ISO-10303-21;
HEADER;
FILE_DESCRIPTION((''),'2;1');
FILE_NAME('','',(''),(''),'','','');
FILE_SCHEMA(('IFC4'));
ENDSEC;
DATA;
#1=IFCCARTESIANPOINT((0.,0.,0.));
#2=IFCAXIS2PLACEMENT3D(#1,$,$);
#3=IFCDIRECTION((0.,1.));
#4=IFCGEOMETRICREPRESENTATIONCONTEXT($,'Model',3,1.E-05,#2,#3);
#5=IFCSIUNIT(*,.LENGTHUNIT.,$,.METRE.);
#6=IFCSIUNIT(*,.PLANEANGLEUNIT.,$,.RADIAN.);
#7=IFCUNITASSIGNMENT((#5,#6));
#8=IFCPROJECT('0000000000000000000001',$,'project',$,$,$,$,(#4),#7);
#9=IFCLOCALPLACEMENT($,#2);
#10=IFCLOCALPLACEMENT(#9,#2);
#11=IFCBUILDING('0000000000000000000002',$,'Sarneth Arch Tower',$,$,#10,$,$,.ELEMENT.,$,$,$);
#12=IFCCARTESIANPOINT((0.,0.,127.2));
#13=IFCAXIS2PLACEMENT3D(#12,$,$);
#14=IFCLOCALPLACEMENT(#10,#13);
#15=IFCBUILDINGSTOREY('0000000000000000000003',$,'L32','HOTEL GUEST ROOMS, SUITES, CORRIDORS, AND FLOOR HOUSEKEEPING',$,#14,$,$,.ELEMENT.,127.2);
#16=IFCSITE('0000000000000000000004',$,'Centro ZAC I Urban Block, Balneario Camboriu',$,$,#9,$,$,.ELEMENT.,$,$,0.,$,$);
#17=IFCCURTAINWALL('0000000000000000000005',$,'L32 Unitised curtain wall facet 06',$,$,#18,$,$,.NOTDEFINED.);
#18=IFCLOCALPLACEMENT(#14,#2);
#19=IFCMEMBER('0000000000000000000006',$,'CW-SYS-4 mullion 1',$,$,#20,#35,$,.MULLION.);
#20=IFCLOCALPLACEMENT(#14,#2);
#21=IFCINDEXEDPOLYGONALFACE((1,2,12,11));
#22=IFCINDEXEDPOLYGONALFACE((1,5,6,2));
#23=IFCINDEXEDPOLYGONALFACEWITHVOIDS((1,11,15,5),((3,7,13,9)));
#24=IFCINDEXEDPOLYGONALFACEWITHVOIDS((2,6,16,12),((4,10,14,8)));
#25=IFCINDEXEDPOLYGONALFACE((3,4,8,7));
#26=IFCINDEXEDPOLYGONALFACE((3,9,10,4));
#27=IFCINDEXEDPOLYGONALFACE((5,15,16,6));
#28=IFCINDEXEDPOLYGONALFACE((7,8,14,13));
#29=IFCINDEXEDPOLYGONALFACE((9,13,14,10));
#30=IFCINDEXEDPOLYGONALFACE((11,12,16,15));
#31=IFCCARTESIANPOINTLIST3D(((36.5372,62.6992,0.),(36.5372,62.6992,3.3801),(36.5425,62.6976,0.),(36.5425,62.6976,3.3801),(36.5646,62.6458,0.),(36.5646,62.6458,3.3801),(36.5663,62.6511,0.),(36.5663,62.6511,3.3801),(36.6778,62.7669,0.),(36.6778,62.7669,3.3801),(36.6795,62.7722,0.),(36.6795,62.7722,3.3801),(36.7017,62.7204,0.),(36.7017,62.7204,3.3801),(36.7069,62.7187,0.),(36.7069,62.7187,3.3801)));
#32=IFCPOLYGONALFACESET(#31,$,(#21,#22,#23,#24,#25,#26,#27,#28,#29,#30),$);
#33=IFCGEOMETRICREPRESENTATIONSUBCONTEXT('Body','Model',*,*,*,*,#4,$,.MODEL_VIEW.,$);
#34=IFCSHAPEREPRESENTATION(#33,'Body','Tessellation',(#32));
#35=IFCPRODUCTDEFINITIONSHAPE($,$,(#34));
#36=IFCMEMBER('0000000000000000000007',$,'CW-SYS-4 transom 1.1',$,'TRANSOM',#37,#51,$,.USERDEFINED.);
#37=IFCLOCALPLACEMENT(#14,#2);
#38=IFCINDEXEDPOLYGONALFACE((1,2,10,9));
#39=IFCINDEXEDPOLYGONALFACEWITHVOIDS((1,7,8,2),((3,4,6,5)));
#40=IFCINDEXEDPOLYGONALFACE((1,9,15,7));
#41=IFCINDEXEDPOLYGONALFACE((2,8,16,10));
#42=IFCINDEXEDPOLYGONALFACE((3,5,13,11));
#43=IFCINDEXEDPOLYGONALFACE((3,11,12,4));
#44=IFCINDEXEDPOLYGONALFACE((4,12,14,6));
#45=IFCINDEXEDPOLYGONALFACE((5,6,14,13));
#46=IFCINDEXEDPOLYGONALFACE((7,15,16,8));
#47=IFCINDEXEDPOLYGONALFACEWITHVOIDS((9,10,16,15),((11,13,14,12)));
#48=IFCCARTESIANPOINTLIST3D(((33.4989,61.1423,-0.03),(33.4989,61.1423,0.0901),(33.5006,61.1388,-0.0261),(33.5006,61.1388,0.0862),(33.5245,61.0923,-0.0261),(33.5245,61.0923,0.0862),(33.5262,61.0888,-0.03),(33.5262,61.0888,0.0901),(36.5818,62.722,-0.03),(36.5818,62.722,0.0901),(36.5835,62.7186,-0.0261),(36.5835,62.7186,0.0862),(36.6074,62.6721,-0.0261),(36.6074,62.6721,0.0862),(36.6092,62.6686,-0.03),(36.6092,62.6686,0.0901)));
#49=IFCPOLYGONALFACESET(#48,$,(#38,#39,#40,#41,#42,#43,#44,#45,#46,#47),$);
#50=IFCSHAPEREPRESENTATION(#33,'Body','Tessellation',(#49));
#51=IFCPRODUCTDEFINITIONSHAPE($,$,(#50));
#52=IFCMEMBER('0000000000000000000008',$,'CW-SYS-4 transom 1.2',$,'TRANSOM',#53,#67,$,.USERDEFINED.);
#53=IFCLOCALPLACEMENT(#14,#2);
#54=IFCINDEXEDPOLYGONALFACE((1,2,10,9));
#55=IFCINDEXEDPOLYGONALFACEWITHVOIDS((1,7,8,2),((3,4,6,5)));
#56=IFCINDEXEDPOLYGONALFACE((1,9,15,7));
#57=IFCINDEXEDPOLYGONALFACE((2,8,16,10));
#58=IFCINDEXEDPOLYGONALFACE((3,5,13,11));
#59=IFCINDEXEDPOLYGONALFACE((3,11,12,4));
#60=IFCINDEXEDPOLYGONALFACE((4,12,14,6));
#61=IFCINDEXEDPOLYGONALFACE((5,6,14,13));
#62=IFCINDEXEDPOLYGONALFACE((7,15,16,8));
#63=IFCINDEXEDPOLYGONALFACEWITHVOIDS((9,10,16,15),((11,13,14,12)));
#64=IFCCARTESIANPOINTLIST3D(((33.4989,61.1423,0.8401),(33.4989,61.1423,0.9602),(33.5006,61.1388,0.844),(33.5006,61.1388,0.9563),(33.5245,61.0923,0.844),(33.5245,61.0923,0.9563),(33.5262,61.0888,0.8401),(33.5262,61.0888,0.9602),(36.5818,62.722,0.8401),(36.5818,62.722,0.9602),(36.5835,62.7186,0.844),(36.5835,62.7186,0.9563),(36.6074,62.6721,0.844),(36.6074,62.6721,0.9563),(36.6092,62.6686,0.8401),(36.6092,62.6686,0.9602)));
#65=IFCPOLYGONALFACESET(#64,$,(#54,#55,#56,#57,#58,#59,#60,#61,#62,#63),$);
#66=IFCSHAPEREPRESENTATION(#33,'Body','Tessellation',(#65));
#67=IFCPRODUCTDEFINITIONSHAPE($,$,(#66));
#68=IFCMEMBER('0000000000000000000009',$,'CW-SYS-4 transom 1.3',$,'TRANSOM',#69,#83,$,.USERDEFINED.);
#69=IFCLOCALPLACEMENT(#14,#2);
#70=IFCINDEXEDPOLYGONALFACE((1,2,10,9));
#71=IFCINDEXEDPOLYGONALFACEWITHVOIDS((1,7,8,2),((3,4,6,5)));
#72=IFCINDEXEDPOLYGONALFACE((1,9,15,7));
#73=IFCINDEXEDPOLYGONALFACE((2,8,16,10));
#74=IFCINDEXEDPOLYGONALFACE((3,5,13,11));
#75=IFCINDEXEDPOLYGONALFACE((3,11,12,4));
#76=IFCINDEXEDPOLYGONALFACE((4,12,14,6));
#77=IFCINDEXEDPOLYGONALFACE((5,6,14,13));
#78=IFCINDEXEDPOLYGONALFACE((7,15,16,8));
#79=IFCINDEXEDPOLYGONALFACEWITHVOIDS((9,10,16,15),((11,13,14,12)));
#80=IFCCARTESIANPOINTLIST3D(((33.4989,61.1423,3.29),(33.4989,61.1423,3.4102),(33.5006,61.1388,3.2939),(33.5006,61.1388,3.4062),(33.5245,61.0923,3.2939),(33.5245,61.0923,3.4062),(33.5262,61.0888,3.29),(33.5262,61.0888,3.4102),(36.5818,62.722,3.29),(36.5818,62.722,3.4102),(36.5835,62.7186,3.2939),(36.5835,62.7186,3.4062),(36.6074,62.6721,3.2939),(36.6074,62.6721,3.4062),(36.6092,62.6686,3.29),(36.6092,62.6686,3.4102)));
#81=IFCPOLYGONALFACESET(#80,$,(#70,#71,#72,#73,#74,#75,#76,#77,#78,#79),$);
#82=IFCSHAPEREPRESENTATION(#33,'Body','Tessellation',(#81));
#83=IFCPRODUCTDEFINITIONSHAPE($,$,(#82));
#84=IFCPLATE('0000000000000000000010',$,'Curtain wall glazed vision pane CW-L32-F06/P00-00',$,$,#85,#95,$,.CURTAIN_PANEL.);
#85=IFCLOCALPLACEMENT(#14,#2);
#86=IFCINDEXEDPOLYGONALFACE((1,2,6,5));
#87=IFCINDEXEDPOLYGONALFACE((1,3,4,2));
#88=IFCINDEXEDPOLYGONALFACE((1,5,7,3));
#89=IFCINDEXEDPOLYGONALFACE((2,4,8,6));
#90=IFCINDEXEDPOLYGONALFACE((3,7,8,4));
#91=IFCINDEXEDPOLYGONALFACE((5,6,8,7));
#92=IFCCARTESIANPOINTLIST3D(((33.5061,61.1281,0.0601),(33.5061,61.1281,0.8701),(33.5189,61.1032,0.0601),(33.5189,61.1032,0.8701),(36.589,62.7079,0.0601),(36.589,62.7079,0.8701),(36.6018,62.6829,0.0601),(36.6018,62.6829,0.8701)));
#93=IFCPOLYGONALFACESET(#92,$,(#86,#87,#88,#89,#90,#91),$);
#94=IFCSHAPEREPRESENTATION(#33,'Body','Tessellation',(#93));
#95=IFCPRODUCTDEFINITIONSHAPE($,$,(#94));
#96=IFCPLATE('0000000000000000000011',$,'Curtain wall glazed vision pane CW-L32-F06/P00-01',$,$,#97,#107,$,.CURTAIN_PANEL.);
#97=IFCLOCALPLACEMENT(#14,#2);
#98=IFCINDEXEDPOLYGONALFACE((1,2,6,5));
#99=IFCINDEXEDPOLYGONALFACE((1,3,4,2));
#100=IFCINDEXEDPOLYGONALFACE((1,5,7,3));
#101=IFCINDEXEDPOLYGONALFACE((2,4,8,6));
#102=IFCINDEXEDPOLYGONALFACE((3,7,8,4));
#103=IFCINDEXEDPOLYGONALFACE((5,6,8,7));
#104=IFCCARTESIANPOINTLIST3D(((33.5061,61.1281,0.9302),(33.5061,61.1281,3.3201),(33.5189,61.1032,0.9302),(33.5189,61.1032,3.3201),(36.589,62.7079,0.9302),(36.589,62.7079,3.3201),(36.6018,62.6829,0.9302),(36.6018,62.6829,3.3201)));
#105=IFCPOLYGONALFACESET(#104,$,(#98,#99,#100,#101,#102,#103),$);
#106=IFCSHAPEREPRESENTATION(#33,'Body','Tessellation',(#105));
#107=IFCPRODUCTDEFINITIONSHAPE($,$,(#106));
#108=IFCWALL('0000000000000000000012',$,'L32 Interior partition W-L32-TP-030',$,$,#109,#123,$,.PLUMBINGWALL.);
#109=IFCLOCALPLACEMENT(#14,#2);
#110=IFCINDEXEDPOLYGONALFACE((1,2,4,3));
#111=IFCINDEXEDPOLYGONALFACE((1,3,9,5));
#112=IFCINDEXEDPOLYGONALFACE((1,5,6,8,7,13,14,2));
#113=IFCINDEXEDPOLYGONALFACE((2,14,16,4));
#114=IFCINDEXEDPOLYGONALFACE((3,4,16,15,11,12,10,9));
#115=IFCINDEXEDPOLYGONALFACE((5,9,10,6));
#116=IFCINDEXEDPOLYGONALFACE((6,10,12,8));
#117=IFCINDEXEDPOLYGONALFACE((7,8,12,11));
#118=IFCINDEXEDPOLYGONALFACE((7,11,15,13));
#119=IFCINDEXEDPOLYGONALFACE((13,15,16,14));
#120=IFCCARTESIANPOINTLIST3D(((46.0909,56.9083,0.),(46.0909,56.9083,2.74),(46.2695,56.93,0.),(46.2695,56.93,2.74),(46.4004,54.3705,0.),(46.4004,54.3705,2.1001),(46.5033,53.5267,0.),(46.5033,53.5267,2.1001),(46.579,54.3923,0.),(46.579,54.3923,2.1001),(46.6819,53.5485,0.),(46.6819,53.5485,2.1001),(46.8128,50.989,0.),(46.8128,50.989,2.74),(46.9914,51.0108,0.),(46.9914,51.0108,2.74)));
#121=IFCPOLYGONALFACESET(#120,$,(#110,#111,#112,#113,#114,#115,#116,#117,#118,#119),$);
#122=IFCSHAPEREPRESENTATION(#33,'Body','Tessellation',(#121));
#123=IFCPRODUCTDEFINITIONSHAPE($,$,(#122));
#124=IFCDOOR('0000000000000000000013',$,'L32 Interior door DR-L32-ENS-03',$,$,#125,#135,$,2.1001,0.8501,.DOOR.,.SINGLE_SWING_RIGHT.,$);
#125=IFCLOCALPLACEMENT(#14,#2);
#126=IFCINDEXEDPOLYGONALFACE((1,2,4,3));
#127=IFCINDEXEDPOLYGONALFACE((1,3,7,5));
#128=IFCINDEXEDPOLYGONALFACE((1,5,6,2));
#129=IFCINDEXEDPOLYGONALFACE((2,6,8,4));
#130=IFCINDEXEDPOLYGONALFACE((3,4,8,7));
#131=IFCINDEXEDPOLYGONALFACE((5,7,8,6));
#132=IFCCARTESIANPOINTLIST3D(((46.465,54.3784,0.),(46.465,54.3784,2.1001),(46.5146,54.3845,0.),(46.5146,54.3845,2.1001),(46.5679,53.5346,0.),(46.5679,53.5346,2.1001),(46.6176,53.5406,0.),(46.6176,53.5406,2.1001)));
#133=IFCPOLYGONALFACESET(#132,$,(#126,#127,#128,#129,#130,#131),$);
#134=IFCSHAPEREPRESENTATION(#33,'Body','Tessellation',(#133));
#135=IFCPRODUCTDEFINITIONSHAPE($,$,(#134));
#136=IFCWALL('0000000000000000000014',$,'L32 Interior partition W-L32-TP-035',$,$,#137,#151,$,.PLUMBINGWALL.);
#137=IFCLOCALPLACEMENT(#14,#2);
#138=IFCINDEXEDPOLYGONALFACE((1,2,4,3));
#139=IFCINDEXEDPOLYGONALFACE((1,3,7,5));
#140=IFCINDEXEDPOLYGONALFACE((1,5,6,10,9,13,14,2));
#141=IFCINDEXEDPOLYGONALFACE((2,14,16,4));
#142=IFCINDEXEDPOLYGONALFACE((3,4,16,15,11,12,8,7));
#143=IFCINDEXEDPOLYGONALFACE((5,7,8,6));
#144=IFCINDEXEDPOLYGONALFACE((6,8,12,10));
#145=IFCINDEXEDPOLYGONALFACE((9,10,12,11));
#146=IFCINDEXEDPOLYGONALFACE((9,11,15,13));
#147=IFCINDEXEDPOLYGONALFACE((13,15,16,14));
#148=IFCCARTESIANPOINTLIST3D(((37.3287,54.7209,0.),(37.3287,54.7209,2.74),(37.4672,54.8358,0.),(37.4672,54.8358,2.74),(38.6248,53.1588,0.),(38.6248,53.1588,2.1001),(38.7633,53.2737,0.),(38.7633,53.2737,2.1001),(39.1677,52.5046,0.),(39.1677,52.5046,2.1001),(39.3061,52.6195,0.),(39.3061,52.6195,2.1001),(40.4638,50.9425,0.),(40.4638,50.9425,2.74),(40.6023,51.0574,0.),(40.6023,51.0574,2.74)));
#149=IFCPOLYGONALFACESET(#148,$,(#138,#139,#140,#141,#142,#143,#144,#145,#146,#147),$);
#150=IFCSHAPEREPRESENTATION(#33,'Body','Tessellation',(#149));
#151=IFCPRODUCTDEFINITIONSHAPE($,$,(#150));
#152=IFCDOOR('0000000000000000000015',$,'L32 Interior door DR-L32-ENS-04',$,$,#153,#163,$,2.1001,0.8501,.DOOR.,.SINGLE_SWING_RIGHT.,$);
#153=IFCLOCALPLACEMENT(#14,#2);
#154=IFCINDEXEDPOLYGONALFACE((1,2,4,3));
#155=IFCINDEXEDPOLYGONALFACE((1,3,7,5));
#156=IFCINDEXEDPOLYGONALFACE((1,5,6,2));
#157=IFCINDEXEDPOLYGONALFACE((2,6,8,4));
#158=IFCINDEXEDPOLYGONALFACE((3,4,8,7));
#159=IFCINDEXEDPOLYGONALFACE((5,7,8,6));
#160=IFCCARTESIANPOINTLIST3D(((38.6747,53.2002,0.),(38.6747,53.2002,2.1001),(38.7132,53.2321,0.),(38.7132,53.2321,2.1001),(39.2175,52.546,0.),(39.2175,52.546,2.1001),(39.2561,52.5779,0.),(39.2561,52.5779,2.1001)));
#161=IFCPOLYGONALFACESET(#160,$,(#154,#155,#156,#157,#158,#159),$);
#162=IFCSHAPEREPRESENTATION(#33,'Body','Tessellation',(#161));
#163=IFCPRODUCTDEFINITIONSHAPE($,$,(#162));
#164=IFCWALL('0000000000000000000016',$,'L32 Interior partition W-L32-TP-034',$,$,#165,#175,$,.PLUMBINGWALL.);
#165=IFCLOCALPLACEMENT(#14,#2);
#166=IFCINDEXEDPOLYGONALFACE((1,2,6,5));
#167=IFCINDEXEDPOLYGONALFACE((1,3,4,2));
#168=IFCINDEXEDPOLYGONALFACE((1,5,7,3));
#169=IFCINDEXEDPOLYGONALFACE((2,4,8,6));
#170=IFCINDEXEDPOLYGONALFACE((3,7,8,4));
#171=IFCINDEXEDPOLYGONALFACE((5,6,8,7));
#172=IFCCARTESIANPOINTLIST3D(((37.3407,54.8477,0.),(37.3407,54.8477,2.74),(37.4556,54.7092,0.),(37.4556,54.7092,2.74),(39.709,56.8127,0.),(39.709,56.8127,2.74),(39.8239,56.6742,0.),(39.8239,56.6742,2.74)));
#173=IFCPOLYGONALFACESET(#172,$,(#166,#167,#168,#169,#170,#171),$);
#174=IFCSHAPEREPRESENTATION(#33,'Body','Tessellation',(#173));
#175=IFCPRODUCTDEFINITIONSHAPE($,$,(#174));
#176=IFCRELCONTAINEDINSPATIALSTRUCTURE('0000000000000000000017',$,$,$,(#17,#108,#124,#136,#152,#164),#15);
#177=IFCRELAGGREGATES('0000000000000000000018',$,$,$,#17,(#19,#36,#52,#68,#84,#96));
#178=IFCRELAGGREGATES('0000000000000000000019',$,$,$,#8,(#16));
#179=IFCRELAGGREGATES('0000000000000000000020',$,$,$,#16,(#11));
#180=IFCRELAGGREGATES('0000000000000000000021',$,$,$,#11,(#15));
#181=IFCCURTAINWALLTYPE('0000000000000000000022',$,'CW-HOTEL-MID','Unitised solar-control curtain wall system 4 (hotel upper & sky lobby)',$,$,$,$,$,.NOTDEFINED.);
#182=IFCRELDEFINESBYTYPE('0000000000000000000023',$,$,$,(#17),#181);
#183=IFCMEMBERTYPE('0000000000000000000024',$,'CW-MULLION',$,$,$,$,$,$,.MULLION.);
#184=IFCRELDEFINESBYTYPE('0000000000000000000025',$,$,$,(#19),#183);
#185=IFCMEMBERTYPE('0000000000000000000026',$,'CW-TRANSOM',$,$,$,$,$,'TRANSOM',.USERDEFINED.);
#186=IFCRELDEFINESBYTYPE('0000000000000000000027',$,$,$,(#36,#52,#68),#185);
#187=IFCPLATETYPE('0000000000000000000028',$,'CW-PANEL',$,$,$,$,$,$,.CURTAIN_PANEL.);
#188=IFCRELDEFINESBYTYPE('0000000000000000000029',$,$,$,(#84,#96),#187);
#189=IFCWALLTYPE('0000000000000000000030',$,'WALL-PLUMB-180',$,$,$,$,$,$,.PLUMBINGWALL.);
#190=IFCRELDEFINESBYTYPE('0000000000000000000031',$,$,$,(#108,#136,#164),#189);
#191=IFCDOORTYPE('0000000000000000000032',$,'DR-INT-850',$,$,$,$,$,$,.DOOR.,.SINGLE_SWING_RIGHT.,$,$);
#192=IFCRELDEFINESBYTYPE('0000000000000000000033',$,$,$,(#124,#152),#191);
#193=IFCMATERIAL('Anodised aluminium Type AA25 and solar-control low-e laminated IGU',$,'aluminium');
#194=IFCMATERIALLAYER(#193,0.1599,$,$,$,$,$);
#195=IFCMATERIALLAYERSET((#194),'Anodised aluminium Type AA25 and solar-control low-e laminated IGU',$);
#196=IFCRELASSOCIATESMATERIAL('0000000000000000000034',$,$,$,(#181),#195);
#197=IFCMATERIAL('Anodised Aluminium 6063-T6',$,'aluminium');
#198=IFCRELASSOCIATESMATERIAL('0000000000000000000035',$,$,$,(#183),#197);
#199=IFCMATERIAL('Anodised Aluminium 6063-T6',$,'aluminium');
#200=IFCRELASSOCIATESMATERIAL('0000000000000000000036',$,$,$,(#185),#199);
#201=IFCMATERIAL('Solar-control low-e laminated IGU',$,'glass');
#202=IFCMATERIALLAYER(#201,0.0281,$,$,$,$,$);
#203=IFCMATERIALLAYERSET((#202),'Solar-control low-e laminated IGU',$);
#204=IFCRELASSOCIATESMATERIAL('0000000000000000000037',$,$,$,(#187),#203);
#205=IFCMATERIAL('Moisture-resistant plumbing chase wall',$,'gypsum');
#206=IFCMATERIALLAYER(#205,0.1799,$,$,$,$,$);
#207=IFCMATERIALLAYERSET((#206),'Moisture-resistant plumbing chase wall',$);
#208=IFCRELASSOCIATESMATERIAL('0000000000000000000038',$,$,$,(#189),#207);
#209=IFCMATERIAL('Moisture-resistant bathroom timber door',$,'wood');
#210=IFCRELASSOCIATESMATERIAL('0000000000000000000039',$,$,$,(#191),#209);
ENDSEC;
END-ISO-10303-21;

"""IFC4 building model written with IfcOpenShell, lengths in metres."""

from ifc_helpers import new_model, si_unit, direction, frame, frame_2d, origin, origin_2d, place, context, subcontext, project, spatial, rectangle, hollow_rectangle, extrude, material, layer, layer_set, material_profile, profile_set, type_object, element, fill, aggregate, save


model = new_model("IFC4")

# Units and contexts
model_context = context("Model", 3, precision=1e-05, world=origin(), true_north=direction((0.0, 1.0)))
body_context = subcontext(model_context, "Body", "Model", "MODEL_VIEW")
ifc_project = project(units=[si_unit("LENGTHUNIT", "METRE"), si_unit("PLANEANGLEUNIT", "RADIAN")], contexts=[model_context])

# Site, building, storey
site_placement = place(None, origin())
site = spatial("IfcSite", under=ifc_project, at=site_placement, Name="Centro ZAC I Urban Block, Balneario Camboriu", CompositionType="ELEMENT", RefElevation=0.0)
building_placement = place(site_placement, origin())
building = spatial("IfcBuilding", under=site, at=building_placement, Name="Sarneth Arch Tower", CompositionType="ELEMENT")
storey_placement = place(building_placement, frame((0.0, 0.0, 127.2)))
storey = spatial("IfcBuildingStorey", under=building, at=storey_placement, Name="L32", Description="HOTEL GUEST ROOMS, SUITES, CORRIDORS, AND FLOOR HOUSEKEEPING", CompositionType="ELEMENT", Elevation=127.2)

# Curtain wall, members, plates
ifc_material_1 = material(Name="Anodised aluminium Type AA25 and solar-control low-e laminated IGU", Category="aluminium")
ifc_layer_1 = layer(ifc_material_1, 0.1599)
ifc_layer_set_1 = layer_set([ifc_layer_1], Name="Anodised aluminium Type AA25 and solar-control low-e laminated IGU")
curtain_wall_type = type_object("IfcCurtainWallType", Name="CW-HOTEL-MID", Description="Unitised solar-control curtain wall system 4 (hotel upper & sky lobby)", PredefinedType="NOTDEFINED", material=ifc_layer_set_1)
curtain_wall_placement = place(storey_placement, origin())
curtain_wall = element("IfcCurtainWall", 1, at=curtain_wall_placement, inside=storey, type_object=curtain_wall_type, Name="L32 Unitised curtain wall facet 06", PredefinedType="NOTDEFINED")
ifc_material_2 = material(Name="Anodised Aluminium 6063-T6", Category="aluminium")
ifc_material_profile_1 = material_profile(ifc_material_2, hollow_rectangle(XDim=0.0601, YDim=0.1599, WallThickness=0.0039, at=origin_2d()), Name="AL-MULL-160x60x4")
ifc_profile_set_1 = profile_set([ifc_material_profile_1], Name="Anodised Aluminium 6063-T6")
member_type_1 = type_object("IfcMemberType", Name="CW-MULLION", PredefinedType="MULLION", material=ifc_profile_set_1)
member_1_placement = place(storey_placement, frame((36.6221, 62.709, 0.0), z_axis=(0.0, 0.0, 1.0), x_axis=(0.456031, -0.889964, 0.0)))
member_1 = element("IfcMember", 2, at=member_1_placement, type_object=member_type_1, Name="CW-SYS-4 mullion 1", PredefinedType="MULLION", context=body_context, shape_type="SweptSolid", body=[
    extrude(hollow_rectangle(XDim=0.0601, YDim=0.1599, WallThickness=0.0039, at=origin_2d()), origin(), (0.0, 0.0, 1.0), 3.3801),
])
ifc_material_3 = material(Name="Anodised Aluminium 6063-T6", Category="aluminium")
ifc_material_profile_2 = material_profile(ifc_material_3, hollow_rectangle(XDim=0.0601, YDim=0.1201, WallThickness=0.0039, at=origin_2d()), Name="AL-TRAN-120x60x4")
ifc_profile_set_2 = profile_set([ifc_material_profile_2], Name="Anodised Aluminium 6063-T6")
member_type_2 = type_object("IfcMemberType", Name="CW-TRANSOM", ElementType="TRANSOM", PredefinedType="USERDEFINED", material=ifc_profile_set_2)
member_2_placement = place(storey_placement, frame((36.5955, 62.6953, 0.03), z_axis=(-0.889958, -0.456043, 0.0), x_axis=(0.456043, -0.889958, 0.0)))
member_2 = element("IfcMember", 3, at=member_2_placement, type_object=member_type_2, Name="CW-SYS-4 transom 1.1", ObjectType="TRANSOM", PredefinedType="USERDEFINED", context=body_context, shape_type="SweptSolid", body=[
    extrude(hollow_rectangle(XDim=0.0601, YDim=0.1201, WallThickness=0.0039, at=origin_2d()), origin(), (0.0, 0.0, 1.0), 3.4641),
])
member_3_placement = place(storey_placement, frame((36.5955, 62.6953, 0.9001), z_axis=(-0.889958, -0.456043, 0.0), x_axis=(0.456043, -0.889958, 0.0)))
member_3 = element("IfcMember", 4, at=member_3_placement, type_object=member_type_2, Name="CW-SYS-4 transom 1.2", ObjectType="TRANSOM", PredefinedType="USERDEFINED", context=body_context, shape_type="SweptSolid", body=[
    extrude(hollow_rectangle(XDim=0.0601, YDim=0.1201, WallThickness=0.0039, at=origin_2d()), origin(), (0.0, 0.0, 1.0), 3.4641),
])
member_4_placement = place(storey_placement, frame((36.5955, 62.6953, 3.3501), z_axis=(-0.889958, -0.456043, 0.0), x_axis=(0.456043, -0.889958, 0.0)))
member_4 = element("IfcMember", 5, at=member_4_placement, type_object=member_type_2, Name="CW-SYS-4 transom 1.3", ObjectType="TRANSOM", PredefinedType="USERDEFINED", context=body_context, shape_type="SweptSolid", body=[
    extrude(hollow_rectangle(XDim=0.0601, YDim=0.1201, WallThickness=0.0039, at=origin_2d()), origin(), (0.0, 0.0, 1.0), 3.4641),
])
ifc_material_4 = material(Name="Solar-control low-e laminated IGU", Category="glass")
ifc_layer_2 = layer(ifc_material_4, 0.0281)
ifc_layer_set_2 = layer_set([ifc_layer_2], Name="Solar-control low-e laminated IGU")
plate_type = type_object("IfcPlateType", Name="CW-PANEL", PredefinedType="CURTAIN_PANEL", material=ifc_layer_set_2)
plate_1_placement = place(storey_placement, frame((35.054, 61.9055, 0.0601), z_axis=(0.0, 0.0, 1.0), x_axis=(-0.889964, -0.456031, 0.0)))
plate_1 = element("IfcPlate", 6, at=plate_1_placement, type_object=plate_type, Name="Curtain wall glazed vision pane CW-L32-F06/P00-00", PredefinedType="CURTAIN_PANEL", context=body_context, shape_type="SweptSolid", body=[
    extrude(rectangle(XDim=3.4641, YDim=0.0281, at=origin_2d()), origin(), (0.0, 0.0, 1.0), 0.8101),
])
plate_2_placement = place(storey_placement, frame((35.054, 61.9055, 0.9302), z_axis=(0.0, 0.0, 1.0), x_axis=(-0.889964, -0.456031, 0.0)))
plate_2 = element("IfcPlate", 7, at=plate_2_placement, type_object=plate_type, Name="Curtain wall glazed vision pane CW-L32-F06/P00-01", PredefinedType="CURTAIN_PANEL", context=body_context, shape_type="SweptSolid", body=[
    extrude(rectangle(XDim=3.4641, YDim=0.0281, at=origin_2d()), origin(), (0.0, 0.0, 1.0), 2.3899),
])
aggregate(curtain_wall, [member_1, member_2, member_3, member_4, plate_1, plate_2])

# Walls, openings, doors
ifc_material_5 = material(Name="Moisture-resistant plumbing chase wall", Category="gypsum")
ifc_layer_3 = layer(ifc_material_5, 0.1799)
ifc_layer_set_3 = layer_set([ifc_layer_3], Name="Moisture-resistant plumbing chase wall")
wall_type_1 = type_object("IfcWallType", Name="WALL-PLUMB-180", PredefinedType="PLUMBINGWALL", material=ifc_layer_set_3)
wall_1_placement = place(storey_placement, frame((46.9021, 51.0, 0.0), z_axis=(0.0, 0.0, 1.0), x_axis=(-0.121066, 0.992644, 0.0)))
wall_1 = element("IfcWall", 8, at=wall_1_placement, inside=storey, type_object=wall_type_1, Name="L32 Interior partition W-L32-TP-030", PredefinedType="PLUMBINGWALL", context=body_context, shape_type="SweptSolid", body=[
    extrude(rectangle(XDim=5.9631, YDim=0.1799, at=frame_2d((2.9814, 0.0))), origin(), (0.0, 0.0, 1.0), 2.74),
])
opening_1_placement = place(wall_1_placement, frame((2.5564, 0.0, 0.0)))
opening_1 = element("IfcOpeningElement", 9, at=opening_1_placement, cuts=wall_1, PredefinedType="OPENING", context=body_context, shape_type="SweptSolid", body=[
    extrude(rectangle(XDim=0.8501, YDim=2.1001, at=frame_2d((0.425, 1.05))), frame((0.0, 0.0999, 0.0), z_axis=(0.0, -1.0, 0.0), x_axis=(1.0, 0.0, 0.0)), (0.0, 0.0, 1.0), 0.2),
])
ifc_material_6 = material(Name="Moisture-resistant bathroom timber door", Category="wood")
door_type_1 = type_object("IfcDoorType", Name="DR-INT-850", OperationType="SINGLE_SWING_RIGHT", PredefinedType="DOOR", material=ifc_material_6)
door_1_placement = place(opening_1_placement, origin())
door_1 = element("IfcDoor", 10, at=door_1_placement, inside=storey, type_object=door_type_1, Name="L32 Interior door DR-L32-ENS-03", OperationType="SINGLE_SWING_RIGHT", OverallHeight=2.1001, OverallWidth=0.8501, PredefinedType="DOOR", context=body_context, shape_type="SweptSolid", body=[
    extrude(rectangle(XDim=0.8501, YDim=2.1001, at=frame_2d((0.425, 1.05))), frame((0.0, 0.0249, 0.0), z_axis=(0.0, -1.0, 0.0), x_axis=(1.0, 0.0, 0.0)), (0.0, 0.0, 1.0), 0.05),
])
fill(opening_1, door_1)
wall_2_placement = place(storey_placement, frame((37.3979, 54.7783, 0.0), z_axis=(0.0, 0.0, 1.0), x_axis=(0.638549, -0.769581, 0.0)))
wall_2 = element("IfcWall", 11, at=wall_2_placement, inside=storey, type_object=wall_type_1, Name="L32 Interior partition W-L32-TP-035", PredefinedType="PLUMBINGWALL", context=body_context, shape_type="SweptSolid", body=[
    extrude(rectangle(XDim=4.9097, YDim=0.1799, at=frame_2d((2.4548, 0.0))), origin(), (0.0, 0.0, 1.0), 2.74),
])
opening_2_placement = place(wall_2_placement, frame((2.0298, 0.0, 0.0)))
opening_2 = element("IfcOpeningElement", 12, at=opening_2_placement, cuts=wall_2, PredefinedType="OPENING", context=body_context, shape_type="SweptSolid", body=[
    extrude(rectangle(XDim=0.8501, YDim=2.1001, at=frame_2d((0.425, 1.05))), frame((0.0, 0.0999, 0.0), z_axis=(0.0, -1.0, 0.0), x_axis=(1.0, 0.0, 0.0)), (0.0, 0.0, 1.0), 0.2),
])
door_2_placement = place(opening_2_placement, origin())
door_2 = element("IfcDoor", 13, at=door_2_placement, inside=storey, type_object=door_type_1, Name="L32 Interior door DR-L32-ENS-04", OperationType="SINGLE_SWING_RIGHT", OverallHeight=2.1001, OverallWidth=0.8501, PredefinedType="DOOR", context=body_context, shape_type="SweptSolid", body=[
    extrude(rectangle(XDim=0.8501, YDim=2.1001, at=frame_2d((0.425, 1.05))), frame((0.0, 0.0249, 0.0), z_axis=(0.0, -1.0, 0.0), x_axis=(1.0, 0.0, 0.0)), (0.0, 0.0, 1.0), 0.05),
])
fill(opening_2, door_2)

# Wall
wall_3_placement = place(storey_placement, frame((39.7664, 56.7434, 0.0), z_axis=(0.0, 0.0, 1.0), x_axis=(-0.769592, -0.638536, 0.0)))
element("IfcWall", 14, at=wall_3_placement, inside=storey, type_object=wall_type_1, Name="L32 Interior partition W-L32-TP-034", PredefinedType="PLUMBINGWALL", context=body_context, shape_type="SweptSolid", body=[
    extrude(rectangle(XDim=3.0774, YDim=0.1799, at=frame_2d((1.5386, 0.0))), origin(), (0.0, 0.0, 1.0), 2.74),
])

save(model, "model.ifc")
